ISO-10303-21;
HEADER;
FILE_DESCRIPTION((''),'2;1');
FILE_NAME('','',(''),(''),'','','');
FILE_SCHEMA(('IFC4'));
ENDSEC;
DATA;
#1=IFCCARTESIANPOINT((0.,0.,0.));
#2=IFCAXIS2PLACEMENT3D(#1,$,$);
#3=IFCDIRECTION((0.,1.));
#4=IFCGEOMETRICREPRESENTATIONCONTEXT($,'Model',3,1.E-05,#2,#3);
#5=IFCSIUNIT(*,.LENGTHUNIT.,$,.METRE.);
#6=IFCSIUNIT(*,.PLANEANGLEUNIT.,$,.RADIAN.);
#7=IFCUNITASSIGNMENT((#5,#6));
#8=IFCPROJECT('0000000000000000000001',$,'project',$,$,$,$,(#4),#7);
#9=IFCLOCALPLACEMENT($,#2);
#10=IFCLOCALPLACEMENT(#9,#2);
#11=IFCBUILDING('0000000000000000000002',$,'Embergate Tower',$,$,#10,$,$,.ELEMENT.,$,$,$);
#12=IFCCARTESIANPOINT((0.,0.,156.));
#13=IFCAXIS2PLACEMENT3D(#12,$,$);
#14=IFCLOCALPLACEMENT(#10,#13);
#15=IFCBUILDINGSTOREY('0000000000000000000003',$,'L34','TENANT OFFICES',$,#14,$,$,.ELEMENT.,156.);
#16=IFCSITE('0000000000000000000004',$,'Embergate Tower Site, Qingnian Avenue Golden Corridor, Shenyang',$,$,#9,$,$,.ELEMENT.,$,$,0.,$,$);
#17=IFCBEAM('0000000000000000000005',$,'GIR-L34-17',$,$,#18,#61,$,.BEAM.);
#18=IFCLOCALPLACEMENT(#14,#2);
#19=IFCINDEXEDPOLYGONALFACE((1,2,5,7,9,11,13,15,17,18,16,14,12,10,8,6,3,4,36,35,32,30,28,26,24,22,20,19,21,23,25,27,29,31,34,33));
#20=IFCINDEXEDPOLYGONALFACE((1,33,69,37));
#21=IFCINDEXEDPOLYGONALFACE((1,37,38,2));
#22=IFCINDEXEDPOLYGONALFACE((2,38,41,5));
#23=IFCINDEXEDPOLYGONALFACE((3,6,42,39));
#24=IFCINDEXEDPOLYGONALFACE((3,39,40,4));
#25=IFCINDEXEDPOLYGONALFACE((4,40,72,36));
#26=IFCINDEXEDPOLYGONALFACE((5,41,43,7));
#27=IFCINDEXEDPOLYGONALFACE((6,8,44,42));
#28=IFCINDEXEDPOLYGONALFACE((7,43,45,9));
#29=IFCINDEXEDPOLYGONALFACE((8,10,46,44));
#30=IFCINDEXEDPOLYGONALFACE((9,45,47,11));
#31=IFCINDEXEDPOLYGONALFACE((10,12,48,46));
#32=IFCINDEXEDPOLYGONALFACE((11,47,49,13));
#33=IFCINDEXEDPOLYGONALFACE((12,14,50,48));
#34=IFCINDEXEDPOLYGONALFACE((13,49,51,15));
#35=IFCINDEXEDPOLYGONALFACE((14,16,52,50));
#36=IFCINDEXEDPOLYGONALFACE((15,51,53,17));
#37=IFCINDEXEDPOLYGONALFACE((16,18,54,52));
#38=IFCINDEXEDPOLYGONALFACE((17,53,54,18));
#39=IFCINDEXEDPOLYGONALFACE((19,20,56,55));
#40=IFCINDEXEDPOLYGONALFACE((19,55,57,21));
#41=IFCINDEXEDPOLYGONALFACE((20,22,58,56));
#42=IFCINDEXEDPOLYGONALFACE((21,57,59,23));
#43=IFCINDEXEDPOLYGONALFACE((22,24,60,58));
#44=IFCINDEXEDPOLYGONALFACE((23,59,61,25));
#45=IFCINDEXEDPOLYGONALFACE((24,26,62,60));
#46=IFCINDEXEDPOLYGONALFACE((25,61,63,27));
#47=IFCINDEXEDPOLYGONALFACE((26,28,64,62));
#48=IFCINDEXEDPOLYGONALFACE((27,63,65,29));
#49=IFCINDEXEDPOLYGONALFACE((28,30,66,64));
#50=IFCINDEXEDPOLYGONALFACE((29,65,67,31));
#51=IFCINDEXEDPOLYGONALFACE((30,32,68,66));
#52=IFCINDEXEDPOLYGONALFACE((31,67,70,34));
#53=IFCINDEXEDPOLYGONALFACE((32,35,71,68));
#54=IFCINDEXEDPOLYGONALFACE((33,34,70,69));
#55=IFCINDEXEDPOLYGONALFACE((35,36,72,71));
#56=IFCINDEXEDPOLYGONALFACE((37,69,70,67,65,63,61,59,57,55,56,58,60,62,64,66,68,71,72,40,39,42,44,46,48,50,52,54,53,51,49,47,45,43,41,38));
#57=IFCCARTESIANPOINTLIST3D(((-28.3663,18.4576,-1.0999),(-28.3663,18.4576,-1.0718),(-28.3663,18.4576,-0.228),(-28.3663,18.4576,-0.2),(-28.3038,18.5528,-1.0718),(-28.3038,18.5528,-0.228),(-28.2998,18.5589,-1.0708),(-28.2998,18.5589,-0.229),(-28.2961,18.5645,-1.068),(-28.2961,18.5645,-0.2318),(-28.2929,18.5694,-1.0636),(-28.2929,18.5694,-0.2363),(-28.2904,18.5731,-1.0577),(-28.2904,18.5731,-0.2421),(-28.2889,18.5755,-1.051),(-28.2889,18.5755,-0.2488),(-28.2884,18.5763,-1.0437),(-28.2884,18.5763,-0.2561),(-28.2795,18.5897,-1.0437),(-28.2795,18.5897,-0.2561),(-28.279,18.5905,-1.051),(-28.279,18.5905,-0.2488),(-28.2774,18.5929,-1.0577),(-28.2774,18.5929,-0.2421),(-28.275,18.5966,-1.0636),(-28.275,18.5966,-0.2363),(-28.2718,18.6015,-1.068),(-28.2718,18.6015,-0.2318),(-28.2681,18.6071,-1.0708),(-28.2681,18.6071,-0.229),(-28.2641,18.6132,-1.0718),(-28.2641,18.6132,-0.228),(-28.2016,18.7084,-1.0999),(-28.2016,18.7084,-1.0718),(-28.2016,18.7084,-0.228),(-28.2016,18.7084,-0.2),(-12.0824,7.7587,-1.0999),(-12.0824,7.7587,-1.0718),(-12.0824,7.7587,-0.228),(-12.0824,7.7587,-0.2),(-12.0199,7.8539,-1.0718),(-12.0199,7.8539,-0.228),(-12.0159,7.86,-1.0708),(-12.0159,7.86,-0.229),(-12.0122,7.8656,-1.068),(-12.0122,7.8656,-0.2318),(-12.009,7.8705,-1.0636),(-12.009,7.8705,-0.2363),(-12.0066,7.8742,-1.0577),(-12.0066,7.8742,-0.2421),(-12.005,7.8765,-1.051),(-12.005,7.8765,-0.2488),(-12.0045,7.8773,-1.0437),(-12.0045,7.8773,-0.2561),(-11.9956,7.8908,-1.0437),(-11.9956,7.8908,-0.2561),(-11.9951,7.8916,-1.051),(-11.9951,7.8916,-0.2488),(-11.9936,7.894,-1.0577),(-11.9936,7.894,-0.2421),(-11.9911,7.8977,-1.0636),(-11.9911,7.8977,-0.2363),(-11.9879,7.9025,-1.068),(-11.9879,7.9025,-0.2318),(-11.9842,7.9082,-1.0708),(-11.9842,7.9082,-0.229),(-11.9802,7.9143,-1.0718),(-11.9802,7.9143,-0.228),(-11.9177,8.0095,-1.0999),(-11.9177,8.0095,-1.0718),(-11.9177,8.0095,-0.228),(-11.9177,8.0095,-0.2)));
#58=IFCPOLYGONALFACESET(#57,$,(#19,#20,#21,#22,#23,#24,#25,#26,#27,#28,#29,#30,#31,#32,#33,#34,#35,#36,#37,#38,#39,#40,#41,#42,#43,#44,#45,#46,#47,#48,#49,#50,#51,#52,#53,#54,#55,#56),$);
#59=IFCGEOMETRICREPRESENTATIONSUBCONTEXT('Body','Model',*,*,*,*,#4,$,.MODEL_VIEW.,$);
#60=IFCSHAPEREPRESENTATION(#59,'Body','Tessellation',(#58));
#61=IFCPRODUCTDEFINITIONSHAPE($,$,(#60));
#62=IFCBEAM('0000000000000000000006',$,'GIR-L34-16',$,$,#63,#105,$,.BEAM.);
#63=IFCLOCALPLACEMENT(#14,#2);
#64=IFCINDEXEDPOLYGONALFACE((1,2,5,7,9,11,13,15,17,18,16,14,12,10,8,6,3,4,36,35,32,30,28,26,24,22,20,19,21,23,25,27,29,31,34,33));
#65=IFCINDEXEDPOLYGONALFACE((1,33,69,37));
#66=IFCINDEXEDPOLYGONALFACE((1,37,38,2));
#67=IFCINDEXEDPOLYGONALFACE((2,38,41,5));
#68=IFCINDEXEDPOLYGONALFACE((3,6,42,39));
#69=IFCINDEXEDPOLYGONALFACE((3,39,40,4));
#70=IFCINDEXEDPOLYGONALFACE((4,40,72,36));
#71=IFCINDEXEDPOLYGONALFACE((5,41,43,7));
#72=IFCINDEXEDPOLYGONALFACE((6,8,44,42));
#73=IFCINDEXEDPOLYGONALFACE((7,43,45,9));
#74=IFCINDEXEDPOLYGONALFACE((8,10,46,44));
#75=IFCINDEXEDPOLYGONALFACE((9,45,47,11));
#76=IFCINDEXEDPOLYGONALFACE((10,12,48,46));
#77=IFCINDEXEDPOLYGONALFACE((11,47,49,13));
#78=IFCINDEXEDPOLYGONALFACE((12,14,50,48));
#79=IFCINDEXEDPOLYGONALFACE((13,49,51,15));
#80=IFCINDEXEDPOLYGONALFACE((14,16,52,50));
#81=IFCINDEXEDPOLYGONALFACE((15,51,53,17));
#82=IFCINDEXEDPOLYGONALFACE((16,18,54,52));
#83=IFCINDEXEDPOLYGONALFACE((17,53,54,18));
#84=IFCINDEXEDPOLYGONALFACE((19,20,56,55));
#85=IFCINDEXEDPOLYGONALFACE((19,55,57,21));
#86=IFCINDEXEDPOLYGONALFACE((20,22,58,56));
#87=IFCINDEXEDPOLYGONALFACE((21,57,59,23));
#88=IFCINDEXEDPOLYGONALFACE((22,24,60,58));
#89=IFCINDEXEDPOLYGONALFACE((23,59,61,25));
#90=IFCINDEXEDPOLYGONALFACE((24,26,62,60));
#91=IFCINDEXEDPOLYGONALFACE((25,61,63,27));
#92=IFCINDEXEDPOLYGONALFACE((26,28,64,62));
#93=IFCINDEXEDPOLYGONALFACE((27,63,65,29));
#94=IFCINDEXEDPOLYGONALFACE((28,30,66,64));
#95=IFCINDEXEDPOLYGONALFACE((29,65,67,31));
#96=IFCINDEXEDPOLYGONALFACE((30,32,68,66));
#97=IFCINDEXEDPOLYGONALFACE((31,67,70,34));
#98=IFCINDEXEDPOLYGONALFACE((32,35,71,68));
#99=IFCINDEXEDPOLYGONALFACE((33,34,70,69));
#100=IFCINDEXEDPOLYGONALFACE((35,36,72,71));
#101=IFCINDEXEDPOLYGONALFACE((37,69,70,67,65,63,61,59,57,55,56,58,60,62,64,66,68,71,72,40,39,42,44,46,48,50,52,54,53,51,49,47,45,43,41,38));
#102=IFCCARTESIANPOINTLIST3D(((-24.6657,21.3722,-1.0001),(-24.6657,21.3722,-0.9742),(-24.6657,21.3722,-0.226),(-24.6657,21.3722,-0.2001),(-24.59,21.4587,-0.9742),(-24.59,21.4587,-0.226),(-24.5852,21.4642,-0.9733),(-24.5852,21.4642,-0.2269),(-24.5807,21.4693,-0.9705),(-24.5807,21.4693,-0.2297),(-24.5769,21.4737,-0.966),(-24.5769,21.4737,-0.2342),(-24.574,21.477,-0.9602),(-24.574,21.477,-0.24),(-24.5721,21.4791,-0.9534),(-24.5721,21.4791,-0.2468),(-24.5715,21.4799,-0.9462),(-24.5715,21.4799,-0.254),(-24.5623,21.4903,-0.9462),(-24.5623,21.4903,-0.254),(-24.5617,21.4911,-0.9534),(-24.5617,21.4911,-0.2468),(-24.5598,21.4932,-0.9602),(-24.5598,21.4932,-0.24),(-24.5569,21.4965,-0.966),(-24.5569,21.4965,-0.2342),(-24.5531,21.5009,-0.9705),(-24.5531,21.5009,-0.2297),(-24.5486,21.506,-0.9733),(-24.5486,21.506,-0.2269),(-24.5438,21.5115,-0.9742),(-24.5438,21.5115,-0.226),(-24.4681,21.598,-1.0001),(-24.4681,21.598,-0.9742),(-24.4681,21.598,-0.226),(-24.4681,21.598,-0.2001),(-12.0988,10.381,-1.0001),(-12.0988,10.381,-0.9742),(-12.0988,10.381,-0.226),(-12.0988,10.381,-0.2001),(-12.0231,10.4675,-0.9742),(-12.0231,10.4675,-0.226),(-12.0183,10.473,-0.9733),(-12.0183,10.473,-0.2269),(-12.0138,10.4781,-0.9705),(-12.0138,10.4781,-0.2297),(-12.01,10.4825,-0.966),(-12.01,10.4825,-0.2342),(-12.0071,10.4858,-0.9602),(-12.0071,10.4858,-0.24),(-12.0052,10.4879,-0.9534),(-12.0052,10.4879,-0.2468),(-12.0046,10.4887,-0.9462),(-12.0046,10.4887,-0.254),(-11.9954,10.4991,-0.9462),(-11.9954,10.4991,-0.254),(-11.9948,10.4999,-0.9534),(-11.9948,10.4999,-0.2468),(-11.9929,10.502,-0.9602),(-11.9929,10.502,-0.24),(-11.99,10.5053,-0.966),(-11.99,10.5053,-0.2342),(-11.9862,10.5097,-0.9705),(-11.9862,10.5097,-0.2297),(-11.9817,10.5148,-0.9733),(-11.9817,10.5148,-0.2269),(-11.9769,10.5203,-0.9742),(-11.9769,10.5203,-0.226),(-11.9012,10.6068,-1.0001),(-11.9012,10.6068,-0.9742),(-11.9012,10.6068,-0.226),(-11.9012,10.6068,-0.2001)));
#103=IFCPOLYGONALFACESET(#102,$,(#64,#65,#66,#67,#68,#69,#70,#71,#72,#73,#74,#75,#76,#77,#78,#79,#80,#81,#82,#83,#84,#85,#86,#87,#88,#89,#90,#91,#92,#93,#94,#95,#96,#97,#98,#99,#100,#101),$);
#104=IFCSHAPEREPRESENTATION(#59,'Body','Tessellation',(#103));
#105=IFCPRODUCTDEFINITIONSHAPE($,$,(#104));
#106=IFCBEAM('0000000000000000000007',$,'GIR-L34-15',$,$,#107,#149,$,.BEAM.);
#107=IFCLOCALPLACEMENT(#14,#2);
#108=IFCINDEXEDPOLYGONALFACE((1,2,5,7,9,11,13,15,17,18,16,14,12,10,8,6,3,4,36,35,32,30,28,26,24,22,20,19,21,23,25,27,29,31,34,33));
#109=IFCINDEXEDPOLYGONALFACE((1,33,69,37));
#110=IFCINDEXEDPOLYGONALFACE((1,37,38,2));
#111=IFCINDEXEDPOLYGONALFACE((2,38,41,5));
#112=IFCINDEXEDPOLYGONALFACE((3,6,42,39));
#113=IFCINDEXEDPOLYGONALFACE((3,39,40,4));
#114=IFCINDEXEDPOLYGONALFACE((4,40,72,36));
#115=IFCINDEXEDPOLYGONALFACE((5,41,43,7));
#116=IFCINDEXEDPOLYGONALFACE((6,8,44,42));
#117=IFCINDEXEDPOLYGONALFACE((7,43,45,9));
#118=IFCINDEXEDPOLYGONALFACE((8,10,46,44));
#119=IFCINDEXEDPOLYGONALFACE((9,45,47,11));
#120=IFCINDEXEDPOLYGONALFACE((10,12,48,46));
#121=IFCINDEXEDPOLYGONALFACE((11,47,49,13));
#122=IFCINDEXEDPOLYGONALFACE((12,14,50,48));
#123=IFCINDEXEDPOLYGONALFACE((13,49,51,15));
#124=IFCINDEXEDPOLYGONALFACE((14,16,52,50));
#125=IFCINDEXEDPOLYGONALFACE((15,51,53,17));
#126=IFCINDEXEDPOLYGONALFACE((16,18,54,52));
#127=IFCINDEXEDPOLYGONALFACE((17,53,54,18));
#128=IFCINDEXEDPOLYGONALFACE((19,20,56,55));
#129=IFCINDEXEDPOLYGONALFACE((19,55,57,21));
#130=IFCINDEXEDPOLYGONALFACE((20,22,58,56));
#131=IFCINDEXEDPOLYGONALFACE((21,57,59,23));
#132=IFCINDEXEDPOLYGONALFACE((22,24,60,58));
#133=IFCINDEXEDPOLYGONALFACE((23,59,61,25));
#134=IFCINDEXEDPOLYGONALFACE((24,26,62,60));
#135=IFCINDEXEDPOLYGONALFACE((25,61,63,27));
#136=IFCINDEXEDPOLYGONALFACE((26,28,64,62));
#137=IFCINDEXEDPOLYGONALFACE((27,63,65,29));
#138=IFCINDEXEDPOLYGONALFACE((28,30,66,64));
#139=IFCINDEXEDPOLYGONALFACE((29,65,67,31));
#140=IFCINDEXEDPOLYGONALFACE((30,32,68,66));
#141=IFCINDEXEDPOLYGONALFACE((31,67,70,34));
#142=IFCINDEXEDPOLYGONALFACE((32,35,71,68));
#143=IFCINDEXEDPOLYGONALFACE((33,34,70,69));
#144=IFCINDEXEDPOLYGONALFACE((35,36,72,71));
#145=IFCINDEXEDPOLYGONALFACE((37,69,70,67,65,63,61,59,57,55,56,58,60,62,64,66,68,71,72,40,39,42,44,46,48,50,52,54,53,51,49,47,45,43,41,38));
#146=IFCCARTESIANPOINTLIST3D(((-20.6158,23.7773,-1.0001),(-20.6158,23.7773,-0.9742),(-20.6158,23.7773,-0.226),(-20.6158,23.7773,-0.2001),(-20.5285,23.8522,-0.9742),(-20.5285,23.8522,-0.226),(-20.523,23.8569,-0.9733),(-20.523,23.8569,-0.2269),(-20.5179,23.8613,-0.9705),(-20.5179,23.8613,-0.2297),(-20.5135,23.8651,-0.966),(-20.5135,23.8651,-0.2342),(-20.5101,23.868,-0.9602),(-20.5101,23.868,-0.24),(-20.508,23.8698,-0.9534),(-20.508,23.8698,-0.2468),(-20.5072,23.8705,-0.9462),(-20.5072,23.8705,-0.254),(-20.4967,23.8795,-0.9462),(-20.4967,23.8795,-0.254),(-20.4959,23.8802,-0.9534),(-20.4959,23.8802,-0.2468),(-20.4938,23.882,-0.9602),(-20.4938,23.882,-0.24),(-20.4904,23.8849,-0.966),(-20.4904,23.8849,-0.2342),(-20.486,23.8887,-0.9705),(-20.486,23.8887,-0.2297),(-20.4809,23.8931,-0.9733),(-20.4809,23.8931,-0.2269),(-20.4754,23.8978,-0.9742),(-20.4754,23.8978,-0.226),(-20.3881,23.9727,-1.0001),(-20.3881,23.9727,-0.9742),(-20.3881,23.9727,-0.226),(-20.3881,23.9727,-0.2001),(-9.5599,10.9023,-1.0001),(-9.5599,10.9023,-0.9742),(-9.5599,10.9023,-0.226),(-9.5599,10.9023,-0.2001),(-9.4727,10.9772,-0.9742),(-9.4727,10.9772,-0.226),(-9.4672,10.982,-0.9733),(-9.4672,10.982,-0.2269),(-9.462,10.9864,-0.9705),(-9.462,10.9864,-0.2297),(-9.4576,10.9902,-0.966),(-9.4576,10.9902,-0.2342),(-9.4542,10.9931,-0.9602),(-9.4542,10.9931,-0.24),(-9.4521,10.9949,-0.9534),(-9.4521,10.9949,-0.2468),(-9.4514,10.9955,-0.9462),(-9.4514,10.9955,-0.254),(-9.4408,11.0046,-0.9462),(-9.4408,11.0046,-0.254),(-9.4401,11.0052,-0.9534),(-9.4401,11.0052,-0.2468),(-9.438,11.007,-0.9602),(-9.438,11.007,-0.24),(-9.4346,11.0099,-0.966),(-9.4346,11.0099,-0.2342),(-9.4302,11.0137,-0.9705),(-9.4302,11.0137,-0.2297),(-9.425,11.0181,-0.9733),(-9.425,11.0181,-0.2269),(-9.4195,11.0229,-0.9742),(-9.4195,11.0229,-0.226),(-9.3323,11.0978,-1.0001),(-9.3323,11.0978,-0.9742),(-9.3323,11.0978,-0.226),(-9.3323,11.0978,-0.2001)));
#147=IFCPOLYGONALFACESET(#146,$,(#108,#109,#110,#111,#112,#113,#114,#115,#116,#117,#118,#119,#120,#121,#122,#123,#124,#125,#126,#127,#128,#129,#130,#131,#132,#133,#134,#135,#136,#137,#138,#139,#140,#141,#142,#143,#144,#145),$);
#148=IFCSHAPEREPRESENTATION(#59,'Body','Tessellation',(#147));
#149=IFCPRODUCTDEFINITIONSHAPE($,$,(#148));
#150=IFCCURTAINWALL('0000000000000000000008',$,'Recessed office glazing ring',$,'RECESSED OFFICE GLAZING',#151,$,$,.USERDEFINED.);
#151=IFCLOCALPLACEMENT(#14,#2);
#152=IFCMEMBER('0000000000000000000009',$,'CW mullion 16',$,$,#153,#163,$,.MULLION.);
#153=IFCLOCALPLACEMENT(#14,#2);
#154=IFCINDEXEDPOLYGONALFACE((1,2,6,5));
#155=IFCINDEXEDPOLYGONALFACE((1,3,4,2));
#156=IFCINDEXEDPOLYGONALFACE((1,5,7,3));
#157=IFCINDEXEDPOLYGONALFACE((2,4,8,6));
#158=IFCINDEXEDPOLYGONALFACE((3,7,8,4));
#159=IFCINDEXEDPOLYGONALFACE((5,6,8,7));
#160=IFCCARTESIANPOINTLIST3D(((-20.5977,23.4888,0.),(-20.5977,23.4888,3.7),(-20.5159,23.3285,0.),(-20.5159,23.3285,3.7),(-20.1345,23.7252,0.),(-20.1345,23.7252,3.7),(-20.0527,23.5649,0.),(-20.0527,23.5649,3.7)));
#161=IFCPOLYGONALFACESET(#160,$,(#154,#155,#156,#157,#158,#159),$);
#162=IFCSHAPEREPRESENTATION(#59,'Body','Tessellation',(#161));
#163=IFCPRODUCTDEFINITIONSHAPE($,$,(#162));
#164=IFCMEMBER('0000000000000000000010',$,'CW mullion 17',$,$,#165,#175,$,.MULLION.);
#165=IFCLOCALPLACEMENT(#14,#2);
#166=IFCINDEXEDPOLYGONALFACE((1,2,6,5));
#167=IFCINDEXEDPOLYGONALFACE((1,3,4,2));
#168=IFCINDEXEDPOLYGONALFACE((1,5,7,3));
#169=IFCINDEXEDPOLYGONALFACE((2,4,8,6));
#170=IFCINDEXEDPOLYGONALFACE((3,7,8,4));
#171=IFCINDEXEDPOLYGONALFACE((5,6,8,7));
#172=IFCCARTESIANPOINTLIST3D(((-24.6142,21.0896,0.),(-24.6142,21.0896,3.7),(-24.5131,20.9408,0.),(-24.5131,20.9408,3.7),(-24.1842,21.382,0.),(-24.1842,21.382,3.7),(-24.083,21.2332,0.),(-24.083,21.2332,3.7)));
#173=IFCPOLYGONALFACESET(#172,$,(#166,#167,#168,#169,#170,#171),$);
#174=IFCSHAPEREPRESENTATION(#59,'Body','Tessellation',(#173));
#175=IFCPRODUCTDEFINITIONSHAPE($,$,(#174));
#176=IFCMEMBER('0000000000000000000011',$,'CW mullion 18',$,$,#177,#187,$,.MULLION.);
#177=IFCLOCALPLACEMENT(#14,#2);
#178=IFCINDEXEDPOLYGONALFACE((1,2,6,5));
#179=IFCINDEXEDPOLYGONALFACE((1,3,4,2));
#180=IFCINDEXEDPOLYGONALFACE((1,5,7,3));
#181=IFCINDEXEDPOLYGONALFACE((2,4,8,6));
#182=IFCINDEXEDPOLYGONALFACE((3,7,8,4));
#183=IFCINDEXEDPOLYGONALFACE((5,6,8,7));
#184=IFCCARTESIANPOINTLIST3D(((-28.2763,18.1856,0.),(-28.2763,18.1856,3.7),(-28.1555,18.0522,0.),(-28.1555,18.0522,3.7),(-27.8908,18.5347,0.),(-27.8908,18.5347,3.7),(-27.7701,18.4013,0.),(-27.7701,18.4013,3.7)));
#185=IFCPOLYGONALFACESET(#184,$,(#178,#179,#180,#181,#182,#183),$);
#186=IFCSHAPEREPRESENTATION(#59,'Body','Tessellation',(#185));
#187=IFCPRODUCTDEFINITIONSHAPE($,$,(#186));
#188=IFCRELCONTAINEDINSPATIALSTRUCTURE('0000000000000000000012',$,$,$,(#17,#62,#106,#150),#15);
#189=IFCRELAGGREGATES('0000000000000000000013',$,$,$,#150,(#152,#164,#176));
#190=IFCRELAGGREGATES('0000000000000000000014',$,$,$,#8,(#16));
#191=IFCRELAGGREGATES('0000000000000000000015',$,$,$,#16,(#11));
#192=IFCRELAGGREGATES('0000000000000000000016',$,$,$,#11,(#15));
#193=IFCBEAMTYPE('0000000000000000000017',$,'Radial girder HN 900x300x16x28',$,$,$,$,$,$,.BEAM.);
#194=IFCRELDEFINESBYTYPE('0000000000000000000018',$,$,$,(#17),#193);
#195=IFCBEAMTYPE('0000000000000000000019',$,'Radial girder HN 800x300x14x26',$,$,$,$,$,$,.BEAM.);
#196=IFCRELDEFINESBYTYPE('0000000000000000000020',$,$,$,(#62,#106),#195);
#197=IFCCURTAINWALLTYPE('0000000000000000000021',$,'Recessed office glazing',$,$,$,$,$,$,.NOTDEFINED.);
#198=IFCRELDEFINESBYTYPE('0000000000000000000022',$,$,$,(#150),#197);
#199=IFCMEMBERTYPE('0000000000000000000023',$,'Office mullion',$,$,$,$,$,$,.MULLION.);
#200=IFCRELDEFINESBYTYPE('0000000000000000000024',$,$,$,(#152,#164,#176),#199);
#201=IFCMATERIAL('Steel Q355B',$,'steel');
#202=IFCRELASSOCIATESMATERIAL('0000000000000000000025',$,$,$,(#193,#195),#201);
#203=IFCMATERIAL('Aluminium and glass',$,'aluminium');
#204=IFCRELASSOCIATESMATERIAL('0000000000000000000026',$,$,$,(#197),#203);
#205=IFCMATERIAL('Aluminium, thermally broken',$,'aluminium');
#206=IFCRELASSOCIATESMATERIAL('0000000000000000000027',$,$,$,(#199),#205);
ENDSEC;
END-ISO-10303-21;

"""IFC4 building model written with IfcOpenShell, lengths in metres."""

from ifc_helpers import new_model, si_unit, direction, frame, origin, origin_2d, place, context, subcontext, project, spatial, rectangle, i_section, extrude, source, transform, mapped, material, material_profile, profile_set, type_object, element, aggregate, save


model = new_model("IFC4")

# Units and contexts
model_context = context("Model", 3, precision=1e-05, world=origin(), true_north=direction((0.0, 1.0)))
body_context = subcontext(model_context, "Body", "Model", "MODEL_VIEW")
ifc_project = project(units=[si_unit("LENGTHUNIT", "METRE"), si_unit("PLANEANGLEUNIT", "RADIAN")], contexts=[model_context])

# Site, building, storey
site_placement = place(None, origin())
site = spatial("IfcSite", under=ifc_project, at=site_placement, Name="Embergate Tower Site, Qingnian Avenue Golden Corridor, Shenyang", CompositionType="ELEMENT", RefElevation=0.0)
building_placement = place(site_placement, origin())
building = spatial("IfcBuilding", under=site, at=building_placement, Name="Embergate Tower", CompositionType="ELEMENT")
storey_placement = place(building_placement, frame((0.0, 0.0, 156.0)))
storey = spatial("IfcBuildingStorey", under=building, at=storey_placement, Name="L34", Description="TENANT OFFICES", CompositionType="ELEMENT", Elevation=156.0)

# Beams
ifc_material_1 = material(Name="Steel Q355B", Category="steel")
ifc_material_profile_1 = material_profile(ifc_material_1, i_section(OverallWidth=0.3, OverallDepth=0.8999, WebThickness=0.0161, FlangeThickness=0.0281, FilletRadius=0.0281, at=origin_2d()), Name="HN 900x300x16x28")
ifc_profile_set_1 = profile_set([ifc_material_profile_1], Name="Steel Q355 grade B")
beam_type_1 = type_object("IfcBeamType", Name="Radial girder HN 900x300x16x28", PredefinedType="BEAM", material=ifc_profile_set_1)
shared_shape_1 = source(origin(), body_context, "Body", "SweptSolid", [
    extrude(i_section(OverallWidth=0.3, OverallDepth=0.8999, WebThickness=0.0161, FlangeThickness=0.0281, FilletRadius=0.0281, at=origin_2d()), origin(), (0.0, 0.0, 1.0), 19.4841),
])
beam_1_placement = place(storey_placement, frame((-28.2839, 18.583, -0.6499), z_axis=(0.83575, -0.54911, 0.0), x_axis=(0.54911, 0.83575, 0.0)))
element("IfcBeam", 1, at=beam_1_placement, inside=storey, type_object=beam_type_1, Name="GIR-L34-17", PredefinedType="BEAM", context=body_context, shape_type="MappedRepresentation", body=[
    mapped(shared_shape_1, transform((0.0, 0.0, 0.0))),
])
ifc_material_profile_2 = material_profile(ifc_material_1, i_section(OverallWidth=0.3, OverallDepth=0.8, WebThickness=0.0139, FlangeThickness=0.0259, FilletRadius=0.0281, at=origin_2d()), Name="HN 800x300x14x26")
ifc_profile_set_2 = profile_set([ifc_material_profile_2], Name="Steel Q355 grade B")
beam_type_2 = type_object("IfcBeamType", Name="Radial girder HN 800x300x14x26", PredefinedType="BEAM", material=ifc_profile_set_2)
shared_shape_2 = source(origin(), body_context, "Body", "SweptSolid", [
    extrude(i_section(OverallWidth=0.3, OverallDepth=0.8, WebThickness=0.0139, FlangeThickness=0.0259, FilletRadius=0.0281, at=origin_2d()), origin(), (0.0, 0.0, 1.0), 16.6953),
])
beam_2_placement = place(storey_placement, frame((-24.5669, 21.4851, -0.6001), z_axis=(0.75272, -0.658341, 0.0), x_axis=(0.658341, 0.75272, 0.0)))
element("IfcBeam", 2, at=beam_2_placement, inside=storey, type_object=beam_type_2, Name="GIR-L34-16", PredefinedType="BEAM", context=body_context, shape_type="MappedRepresentation", body=[
    mapped(shared_shape_2, transform((0.0, 0.0, 0.0))),
])
shared_shape_3 = source(origin(), body_context, "Body", "SweptSolid", [
    extrude(i_section(OverallWidth=0.3, OverallDepth=0.8, WebThickness=0.0139, FlangeThickness=0.0259, FilletRadius=0.0281, at=origin_2d()), origin(), (0.0, 0.0, 1.0), 16.9705),
])
beam_3_placement = place(storey_placement, frame((-20.502, 23.875, -0.6001), z_axis=(0.651477, -0.758668, 0.0), x_axis=(0.758668, 0.651477, 0.0)))
element("IfcBeam", 3, at=beam_3_placement, inside=storey, type_object=beam_type_2, Name="GIR-L34-15", PredefinedType="BEAM", context=body_context, shape_type="MappedRepresentation", body=[
    mapped(shared_shape_3, transform((0.0, 0.0, 0.0))),
])

# Curtain wall, members
ifc_material_2 = material(Name="Aluminium and glass", Category="aluminium")
curtain_wall_type = type_object("IfcCurtainWallType", Name="Recessed office glazing", PredefinedType="NOTDEFINED", material=ifc_material_2)
curtain_wall_placement = place(storey_placement, origin())
curtain_wall = element("IfcCurtainWall", 4, at=curtain_wall_placement, inside=storey, type_object=curtain_wall_type, Name="Recessed office glazing ring", ObjectType="RECESSED OFFICE GLAZING", PredefinedType="USERDEFINED")
ifc_material_3 = material(Name="Aluminium, thermally broken", Category="aluminium")
ifc_material_profile_3 = material_profile(ifc_material_3, rectangle(XDim=0.1799, YDim=0.52, at=origin_2d()), Name="AL 520x180")
ifc_profile_set_3 = profile_set([ifc_material_profile_3], Name="Aluminium, thermally broken")
member_type_1 = type_object("IfcMemberType", Name="Office mullion", PredefinedType="MULLION", material=ifc_profile_set_3)
shared_shape_4 = source(origin(), body_context, "Body", "SweptSolid", [
    extrude(rectangle(XDim=0.1799, YDim=0.52, at=origin_2d()), origin(), (0.0, 0.0, 1.0), 3.7),
])
member_1_placement = place(storey_placement, frame((-20.3252, 23.5269, 0.0), z_axis=(0.0, 0.0, 1.0), x_axis=(0.454511, -0.890741, 0.0)))
member_1 = element("IfcMember", 5, at=member_1_placement, type_object=member_type_1, Name="CW mullion 16", PredefinedType="MULLION", context=body_context, shape_type="MappedRepresentation", body=[
    mapped(shared_shape_4, transform((0.0, 0.0, 0.0))),
])
member_2_placement = place(storey_placement, frame((-24.3486, 21.1614, 0.0), z_axis=(0.0, 0.0, 1.0), x_axis=(0.562218, -0.826989, 0.0)))
member_2 = element("IfcMember", 6, at=member_2_placement, type_object=member_type_1, Name="CW mullion 17", PredefinedType="MULLION", context=body_context, shape_type="MappedRepresentation", body=[
    mapped(shared_shape_4, transform((0.0, 0.0, 0.0))),
])
member_3_placement = place(storey_placement, frame((-28.0232, 18.2935, 0.0), z_axis=(0.0, 0.0, 1.0), x_axis=(0.671227, -0.741252, 0.0)))
member_3 = element("IfcMember", 7, at=member_3_placement, type_object=member_type_1, Name="CW mullion 18", PredefinedType="MULLION", context=body_context, shape_type="MappedRepresentation", body=[
    mapped(shared_shape_4, transform((0.0, 0.0, 0.0))),
])
aggregate(curtain_wall, [member_1, member_2, member_3])

save(model, "model.ifc")
